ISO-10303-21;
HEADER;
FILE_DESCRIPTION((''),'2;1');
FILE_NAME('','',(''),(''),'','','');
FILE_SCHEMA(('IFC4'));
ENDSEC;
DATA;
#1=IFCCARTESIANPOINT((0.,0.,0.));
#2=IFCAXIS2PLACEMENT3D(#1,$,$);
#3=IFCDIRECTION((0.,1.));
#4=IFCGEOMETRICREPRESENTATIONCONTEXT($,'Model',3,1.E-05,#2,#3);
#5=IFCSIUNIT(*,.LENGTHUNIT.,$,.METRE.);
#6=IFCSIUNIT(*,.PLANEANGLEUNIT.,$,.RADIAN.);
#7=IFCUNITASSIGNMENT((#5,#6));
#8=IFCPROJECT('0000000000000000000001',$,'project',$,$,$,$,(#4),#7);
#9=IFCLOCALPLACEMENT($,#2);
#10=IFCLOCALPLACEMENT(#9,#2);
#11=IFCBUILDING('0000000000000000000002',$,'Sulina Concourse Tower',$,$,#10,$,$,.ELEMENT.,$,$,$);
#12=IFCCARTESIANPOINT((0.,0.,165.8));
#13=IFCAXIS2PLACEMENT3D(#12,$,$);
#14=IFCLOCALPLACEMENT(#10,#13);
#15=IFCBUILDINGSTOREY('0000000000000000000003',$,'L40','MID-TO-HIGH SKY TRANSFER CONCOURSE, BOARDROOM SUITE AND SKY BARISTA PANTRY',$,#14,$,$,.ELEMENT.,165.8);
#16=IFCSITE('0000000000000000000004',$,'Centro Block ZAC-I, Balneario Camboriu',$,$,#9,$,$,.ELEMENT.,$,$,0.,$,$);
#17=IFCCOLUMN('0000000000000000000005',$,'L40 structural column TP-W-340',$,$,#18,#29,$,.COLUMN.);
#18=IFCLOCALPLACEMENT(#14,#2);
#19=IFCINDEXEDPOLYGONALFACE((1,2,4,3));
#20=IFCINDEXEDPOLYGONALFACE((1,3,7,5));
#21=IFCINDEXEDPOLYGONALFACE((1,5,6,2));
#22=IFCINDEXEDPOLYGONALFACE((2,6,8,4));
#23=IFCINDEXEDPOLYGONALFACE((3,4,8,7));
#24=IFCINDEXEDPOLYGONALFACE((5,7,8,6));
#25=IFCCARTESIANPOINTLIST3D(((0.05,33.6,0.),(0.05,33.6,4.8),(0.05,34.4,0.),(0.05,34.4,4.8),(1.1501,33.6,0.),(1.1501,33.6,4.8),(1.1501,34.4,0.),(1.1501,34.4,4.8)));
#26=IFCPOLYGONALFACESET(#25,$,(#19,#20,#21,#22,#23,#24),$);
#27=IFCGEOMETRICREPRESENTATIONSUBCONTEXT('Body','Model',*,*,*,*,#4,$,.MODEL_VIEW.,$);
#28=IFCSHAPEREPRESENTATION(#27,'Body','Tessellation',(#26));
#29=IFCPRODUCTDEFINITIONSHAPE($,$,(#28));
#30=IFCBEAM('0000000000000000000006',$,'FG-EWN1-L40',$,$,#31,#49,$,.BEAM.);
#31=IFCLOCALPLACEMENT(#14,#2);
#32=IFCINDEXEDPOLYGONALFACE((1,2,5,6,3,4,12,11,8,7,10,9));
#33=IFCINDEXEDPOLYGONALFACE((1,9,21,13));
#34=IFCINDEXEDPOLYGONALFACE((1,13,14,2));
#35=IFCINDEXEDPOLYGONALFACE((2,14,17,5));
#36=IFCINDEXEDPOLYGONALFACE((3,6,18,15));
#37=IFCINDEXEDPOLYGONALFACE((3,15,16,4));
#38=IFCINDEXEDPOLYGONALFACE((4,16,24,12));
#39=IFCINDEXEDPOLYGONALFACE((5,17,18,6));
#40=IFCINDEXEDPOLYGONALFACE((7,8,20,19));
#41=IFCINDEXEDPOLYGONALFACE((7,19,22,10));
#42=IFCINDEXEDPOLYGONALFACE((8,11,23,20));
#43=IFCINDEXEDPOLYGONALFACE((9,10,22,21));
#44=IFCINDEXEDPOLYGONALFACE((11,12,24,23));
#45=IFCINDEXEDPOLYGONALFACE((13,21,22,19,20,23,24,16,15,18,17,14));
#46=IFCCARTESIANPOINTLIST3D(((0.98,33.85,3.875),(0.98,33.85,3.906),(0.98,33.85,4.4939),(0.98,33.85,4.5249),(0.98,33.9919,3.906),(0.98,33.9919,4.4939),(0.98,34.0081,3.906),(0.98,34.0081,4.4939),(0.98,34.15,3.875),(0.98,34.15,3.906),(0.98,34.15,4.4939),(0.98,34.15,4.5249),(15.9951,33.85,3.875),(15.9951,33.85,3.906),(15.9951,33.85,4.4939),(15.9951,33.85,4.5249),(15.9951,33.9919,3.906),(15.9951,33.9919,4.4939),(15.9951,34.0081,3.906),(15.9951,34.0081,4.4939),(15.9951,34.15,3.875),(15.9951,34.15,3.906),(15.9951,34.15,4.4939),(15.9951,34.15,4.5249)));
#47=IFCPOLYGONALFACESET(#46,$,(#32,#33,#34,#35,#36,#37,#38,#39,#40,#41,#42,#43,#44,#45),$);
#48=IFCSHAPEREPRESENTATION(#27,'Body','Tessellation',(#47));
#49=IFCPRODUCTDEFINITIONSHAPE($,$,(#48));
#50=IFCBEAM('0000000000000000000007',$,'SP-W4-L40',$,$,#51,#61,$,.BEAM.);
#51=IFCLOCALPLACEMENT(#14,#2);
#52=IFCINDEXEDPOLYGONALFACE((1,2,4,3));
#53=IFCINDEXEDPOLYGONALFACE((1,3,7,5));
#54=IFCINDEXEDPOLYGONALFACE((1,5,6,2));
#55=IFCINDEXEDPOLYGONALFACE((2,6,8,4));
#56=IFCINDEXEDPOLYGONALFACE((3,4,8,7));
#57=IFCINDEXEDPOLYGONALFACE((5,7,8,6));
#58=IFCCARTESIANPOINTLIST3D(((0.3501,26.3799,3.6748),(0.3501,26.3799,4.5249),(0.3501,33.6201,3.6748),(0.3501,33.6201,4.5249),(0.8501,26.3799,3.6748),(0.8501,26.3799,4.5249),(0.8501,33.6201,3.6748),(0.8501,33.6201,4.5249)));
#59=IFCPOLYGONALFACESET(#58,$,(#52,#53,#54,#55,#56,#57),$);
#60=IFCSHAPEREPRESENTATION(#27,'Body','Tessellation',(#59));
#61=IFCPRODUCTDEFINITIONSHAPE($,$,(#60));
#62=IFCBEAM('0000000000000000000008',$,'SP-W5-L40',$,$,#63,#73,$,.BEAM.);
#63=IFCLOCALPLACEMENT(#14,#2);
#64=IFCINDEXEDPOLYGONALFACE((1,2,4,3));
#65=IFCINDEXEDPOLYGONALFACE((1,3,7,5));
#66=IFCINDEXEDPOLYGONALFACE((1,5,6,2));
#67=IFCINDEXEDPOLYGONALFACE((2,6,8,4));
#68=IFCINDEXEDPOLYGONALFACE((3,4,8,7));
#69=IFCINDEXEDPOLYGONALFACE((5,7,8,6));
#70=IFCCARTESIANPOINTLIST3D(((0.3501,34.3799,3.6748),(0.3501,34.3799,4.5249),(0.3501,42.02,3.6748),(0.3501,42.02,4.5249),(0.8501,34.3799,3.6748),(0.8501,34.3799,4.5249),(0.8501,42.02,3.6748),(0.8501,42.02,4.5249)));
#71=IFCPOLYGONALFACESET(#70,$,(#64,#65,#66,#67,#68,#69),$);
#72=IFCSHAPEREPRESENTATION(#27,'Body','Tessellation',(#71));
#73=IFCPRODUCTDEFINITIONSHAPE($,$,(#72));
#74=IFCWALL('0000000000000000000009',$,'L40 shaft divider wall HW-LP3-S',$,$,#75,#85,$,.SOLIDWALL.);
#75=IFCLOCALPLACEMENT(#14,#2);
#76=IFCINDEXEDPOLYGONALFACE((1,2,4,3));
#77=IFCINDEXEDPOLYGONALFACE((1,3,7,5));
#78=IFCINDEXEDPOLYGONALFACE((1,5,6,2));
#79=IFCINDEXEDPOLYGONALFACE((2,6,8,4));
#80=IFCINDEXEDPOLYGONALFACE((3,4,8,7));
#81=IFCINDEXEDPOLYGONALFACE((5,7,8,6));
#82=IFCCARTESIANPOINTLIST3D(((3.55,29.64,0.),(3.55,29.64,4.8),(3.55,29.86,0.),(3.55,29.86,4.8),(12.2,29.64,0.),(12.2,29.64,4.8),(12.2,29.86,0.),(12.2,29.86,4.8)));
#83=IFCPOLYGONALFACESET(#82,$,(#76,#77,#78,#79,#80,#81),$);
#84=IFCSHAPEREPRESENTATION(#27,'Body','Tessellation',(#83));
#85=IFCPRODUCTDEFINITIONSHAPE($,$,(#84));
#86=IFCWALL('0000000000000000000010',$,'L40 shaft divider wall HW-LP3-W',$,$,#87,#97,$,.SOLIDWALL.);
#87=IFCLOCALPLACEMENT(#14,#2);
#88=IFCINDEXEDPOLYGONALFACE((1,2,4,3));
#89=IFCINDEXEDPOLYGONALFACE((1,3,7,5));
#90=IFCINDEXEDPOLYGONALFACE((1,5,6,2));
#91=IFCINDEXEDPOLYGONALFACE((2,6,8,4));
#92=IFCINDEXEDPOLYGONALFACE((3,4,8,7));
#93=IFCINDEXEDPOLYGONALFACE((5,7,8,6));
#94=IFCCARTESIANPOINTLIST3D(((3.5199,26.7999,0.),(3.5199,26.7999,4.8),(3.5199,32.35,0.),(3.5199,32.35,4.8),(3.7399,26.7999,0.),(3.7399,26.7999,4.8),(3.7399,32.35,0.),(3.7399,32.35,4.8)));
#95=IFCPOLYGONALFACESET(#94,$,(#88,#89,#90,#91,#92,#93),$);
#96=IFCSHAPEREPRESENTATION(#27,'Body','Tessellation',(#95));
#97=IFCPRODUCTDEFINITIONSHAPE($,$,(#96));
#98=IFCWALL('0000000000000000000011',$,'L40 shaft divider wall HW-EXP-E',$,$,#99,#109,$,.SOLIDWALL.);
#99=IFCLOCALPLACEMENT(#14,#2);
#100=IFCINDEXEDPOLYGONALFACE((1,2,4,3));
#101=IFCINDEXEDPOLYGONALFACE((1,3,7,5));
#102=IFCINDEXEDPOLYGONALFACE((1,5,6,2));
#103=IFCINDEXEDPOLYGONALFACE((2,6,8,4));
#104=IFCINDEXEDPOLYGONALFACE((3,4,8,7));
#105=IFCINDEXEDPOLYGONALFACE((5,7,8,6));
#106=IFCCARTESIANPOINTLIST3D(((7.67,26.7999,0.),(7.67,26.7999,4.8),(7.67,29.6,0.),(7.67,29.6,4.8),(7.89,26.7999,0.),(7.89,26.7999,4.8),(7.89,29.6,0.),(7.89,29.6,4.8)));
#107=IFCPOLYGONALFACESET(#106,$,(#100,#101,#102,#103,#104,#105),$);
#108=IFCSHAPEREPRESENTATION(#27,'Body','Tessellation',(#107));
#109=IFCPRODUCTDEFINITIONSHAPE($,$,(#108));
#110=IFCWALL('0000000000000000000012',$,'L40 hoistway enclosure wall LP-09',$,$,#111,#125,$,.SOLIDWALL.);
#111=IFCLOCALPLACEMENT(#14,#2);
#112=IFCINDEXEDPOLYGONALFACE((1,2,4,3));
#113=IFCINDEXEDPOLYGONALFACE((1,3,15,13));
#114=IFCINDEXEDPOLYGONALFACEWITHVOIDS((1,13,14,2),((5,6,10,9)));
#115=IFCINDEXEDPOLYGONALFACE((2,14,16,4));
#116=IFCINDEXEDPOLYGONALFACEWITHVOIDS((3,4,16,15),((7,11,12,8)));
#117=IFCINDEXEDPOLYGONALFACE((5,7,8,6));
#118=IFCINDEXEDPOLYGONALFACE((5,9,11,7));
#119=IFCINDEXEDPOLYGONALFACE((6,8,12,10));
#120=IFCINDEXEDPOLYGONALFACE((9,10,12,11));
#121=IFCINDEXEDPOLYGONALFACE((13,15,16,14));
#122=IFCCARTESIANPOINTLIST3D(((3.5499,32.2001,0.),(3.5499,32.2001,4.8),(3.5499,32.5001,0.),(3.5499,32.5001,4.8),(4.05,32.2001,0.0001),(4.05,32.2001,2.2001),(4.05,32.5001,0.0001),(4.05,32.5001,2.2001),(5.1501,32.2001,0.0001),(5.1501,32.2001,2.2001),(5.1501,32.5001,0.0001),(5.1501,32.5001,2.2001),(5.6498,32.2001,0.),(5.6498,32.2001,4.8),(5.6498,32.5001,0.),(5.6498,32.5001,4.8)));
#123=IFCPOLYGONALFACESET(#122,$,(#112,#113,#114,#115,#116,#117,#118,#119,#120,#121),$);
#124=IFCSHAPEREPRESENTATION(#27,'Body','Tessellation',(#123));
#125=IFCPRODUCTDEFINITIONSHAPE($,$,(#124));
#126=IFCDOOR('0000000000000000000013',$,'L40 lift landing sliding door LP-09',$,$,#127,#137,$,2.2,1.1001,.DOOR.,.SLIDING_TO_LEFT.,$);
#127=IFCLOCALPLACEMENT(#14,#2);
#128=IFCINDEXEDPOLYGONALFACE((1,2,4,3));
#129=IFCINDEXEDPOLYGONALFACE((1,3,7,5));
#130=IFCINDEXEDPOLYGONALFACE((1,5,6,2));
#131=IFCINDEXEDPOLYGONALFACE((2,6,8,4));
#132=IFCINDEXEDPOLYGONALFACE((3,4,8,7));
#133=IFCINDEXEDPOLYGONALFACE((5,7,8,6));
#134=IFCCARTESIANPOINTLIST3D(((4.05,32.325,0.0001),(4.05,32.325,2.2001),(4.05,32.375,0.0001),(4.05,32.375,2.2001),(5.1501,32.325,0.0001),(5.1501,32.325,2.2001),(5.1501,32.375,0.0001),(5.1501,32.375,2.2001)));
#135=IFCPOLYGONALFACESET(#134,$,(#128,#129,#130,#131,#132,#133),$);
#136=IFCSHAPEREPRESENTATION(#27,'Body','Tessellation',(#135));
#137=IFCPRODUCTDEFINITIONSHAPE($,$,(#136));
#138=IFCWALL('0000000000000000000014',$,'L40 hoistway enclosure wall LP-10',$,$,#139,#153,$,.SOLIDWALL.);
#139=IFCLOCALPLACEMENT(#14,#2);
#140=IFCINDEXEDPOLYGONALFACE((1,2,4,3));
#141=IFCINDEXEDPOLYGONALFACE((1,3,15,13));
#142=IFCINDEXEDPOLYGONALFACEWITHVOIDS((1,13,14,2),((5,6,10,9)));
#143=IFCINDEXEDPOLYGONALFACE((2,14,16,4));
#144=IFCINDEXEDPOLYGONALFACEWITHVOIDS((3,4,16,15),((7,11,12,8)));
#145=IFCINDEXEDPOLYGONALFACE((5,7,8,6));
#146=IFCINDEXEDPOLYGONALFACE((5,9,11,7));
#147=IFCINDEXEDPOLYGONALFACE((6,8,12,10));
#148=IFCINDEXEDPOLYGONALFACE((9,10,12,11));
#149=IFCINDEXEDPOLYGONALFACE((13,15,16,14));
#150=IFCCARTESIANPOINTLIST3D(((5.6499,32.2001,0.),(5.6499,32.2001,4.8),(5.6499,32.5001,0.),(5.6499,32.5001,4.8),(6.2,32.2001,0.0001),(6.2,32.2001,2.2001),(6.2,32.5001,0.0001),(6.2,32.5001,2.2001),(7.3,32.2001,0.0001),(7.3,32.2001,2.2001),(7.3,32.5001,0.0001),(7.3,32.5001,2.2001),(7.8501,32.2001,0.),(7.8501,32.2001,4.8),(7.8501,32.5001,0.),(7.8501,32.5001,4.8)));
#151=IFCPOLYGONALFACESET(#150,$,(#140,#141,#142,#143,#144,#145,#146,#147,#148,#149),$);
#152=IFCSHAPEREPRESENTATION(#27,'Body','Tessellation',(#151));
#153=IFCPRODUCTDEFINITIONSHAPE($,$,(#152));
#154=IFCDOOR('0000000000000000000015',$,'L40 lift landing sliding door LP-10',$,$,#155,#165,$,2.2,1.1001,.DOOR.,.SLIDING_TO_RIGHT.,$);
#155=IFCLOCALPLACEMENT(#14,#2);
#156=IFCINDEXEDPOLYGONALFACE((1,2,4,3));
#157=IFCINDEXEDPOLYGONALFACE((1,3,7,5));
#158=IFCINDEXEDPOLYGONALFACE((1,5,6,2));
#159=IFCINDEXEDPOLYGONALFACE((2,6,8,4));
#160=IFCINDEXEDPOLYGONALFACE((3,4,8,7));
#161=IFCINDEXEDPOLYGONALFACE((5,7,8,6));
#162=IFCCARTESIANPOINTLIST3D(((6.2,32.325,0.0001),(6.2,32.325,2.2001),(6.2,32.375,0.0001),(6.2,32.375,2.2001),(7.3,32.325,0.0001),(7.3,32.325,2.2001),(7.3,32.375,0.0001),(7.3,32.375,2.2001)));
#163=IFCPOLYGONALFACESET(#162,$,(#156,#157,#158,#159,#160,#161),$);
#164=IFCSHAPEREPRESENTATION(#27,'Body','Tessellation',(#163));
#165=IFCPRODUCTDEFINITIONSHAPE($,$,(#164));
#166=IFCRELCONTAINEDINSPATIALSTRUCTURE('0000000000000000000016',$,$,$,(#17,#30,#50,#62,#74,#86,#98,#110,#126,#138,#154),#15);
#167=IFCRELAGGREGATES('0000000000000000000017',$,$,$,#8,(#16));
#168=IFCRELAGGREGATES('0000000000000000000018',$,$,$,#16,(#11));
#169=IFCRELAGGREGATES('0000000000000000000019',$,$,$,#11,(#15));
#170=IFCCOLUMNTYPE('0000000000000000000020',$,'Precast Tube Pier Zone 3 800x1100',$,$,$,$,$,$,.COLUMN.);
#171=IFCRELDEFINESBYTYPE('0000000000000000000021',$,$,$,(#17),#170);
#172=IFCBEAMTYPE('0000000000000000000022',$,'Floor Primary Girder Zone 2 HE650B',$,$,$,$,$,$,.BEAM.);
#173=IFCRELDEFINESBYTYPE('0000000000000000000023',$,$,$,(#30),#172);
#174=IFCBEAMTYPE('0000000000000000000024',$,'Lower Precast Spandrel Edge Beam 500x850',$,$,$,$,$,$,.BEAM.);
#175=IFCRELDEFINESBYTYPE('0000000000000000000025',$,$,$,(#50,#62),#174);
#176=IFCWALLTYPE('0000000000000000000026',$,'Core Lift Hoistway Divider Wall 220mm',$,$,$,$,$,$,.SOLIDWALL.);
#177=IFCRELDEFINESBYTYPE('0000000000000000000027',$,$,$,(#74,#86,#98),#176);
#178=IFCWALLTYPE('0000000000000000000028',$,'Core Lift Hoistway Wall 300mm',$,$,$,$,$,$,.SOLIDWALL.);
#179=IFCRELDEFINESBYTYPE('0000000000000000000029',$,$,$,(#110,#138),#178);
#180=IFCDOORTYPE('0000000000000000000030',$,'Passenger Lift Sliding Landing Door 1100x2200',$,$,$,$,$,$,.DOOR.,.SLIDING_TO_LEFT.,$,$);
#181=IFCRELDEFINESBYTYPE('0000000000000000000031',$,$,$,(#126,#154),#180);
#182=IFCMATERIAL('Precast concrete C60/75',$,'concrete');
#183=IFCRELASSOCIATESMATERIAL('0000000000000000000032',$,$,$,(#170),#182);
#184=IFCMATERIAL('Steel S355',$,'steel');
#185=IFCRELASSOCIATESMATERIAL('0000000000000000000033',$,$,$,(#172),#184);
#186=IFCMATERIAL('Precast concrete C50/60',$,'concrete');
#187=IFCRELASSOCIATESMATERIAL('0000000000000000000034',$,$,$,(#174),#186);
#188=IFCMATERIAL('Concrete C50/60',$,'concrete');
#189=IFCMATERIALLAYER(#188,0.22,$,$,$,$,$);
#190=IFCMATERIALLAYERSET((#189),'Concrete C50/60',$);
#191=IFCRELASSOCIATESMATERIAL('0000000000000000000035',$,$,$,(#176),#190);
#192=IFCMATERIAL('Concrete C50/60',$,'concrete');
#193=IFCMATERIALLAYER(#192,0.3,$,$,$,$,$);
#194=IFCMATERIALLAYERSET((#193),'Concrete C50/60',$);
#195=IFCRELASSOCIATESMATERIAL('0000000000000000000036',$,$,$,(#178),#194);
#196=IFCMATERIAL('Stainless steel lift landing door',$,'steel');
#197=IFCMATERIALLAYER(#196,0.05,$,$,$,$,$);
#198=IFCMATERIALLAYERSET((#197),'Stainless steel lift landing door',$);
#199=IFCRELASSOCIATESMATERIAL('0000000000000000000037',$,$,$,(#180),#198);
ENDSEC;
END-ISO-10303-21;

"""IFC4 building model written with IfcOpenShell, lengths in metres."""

from ifc_helpers import new_model, si_unit, direction, frame, frame_2d, origin, origin_2d, place, context, subcontext, project, spatial, rectangle, i_section, extrude, material, layer, layer_set, material_profile, profile_set, type_object, element, fill, save


model = new_model("IFC4")

# Units and contexts
model_context = context("Model", 3, precision=1e-05, world=origin(), true_north=direction((0.0, 1.0)))
body_context = subcontext(model_context, "Body", "Model", "MODEL_VIEW")
ifc_project = project(units=[si_unit("LENGTHUNIT", "METRE"), si_unit("PLANEANGLEUNIT", "RADIAN")], contexts=[model_context])

# Site, building, storey
site_placement = place(None, origin())
site = spatial("IfcSite", under=ifc_project, at=site_placement, Name="Centro Block ZAC-I, Balneario Camboriu", CompositionType="ELEMENT", RefElevation=0.0)
building_placement = place(site_placement, origin())
building = spatial("IfcBuilding", under=site, at=building_placement, Name="Sulina Concourse Tower", CompositionType="ELEMENT")
storey_placement = place(building_placement, frame((0.0, 0.0, 165.8)))
storey = spatial("IfcBuildingStorey", under=building, at=storey_placement, Name="L40", Description="MID-TO-HIGH SKY TRANSFER CONCOURSE, BOARDROOM SUITE AND SKY BARISTA PANTRY", CompositionType="ELEMENT", Elevation=165.8)

# Column
ifc_material_1 = material(Name="Precast concrete C60/75", Category="concrete")
ifc_material_profile_1 = material_profile(ifc_material_1, rectangle(XDim=0.8, YDim=1.1001, at=origin_2d()), Name="PC 800x1100")
ifc_profile_set_1 = profile_set([ifc_material_profile_1], Name="Precast concrete C60/75")
column_type = type_object("IfcColumnType", Name="Precast Tube Pier Zone 3 800x1100", PredefinedType="COLUMN", material=ifc_profile_set_1)
column_placement = place(storey_placement, frame((0.6001, 34.0, 0.0), z_axis=(0.0, 0.0, 1.0), x_axis=(0.0, 1.0, 0.0)))
element("IfcColumn", 1, at=column_placement, inside=storey, type_object=column_type, Name="L40 structural column TP-W-340", PredefinedType="COLUMN", context=body_context, shape_type="SweptSolid", body=[
    extrude(rectangle(XDim=0.8, YDim=1.1001, at=origin_2d()), origin(), (0.0, 0.0, 1.0), 4.8),
])

# Beams
ifc_material_2 = material(Name="Steel S355", Category="steel")
ifc_material_profile_2 = material_profile(ifc_material_2, i_section(OverallWidth=0.3, OverallDepth=0.6499, WebThickness=0.0161, FlangeThickness=0.031, at=origin_2d()), Name="HE 650 B")
ifc_profile_set_2 = profile_set([ifc_material_profile_2], Name="Steel S355")
beam_type_1 = type_object("IfcBeamType", Name="Floor Primary Girder Zone 2 HE650B", PredefinedType="BEAM", material=ifc_profile_set_2)
beam_1_placement = place(storey_placement, frame((0.98, 34.0, 4.2), z_axis=(1.0, 0.0, 0.0), x_axis=(0.0, 1.0, 0.0)))
element("IfcBeam", 2, at=beam_1_placement, inside=storey, type_object=beam_type_1, Name="FG-EWN1-L40", PredefinedType="BEAM", context=body_context, shape_type="SweptSolid", body=[
    extrude(i_section(OverallWidth=0.3, OverallDepth=0.6499, WebThickness=0.0161, FlangeThickness=0.031, at=origin_2d()), origin(), (0.0, 0.0, 1.0), 15.0151),
])
ifc_material_3 = material(Name="Precast concrete C50/60", Category="concrete")
ifc_material_profile_3 = material_profile(ifc_material_3, rectangle(XDim=0.5, YDim=0.8501, at=origin_2d()), Name="RC 500x850")
ifc_profile_set_3 = profile_set([ifc_material_profile_3], Name="Precast concrete C50/60")
beam_type_2 = type_object("IfcBeamType", Name="Lower Precast Spandrel Edge Beam 500x850", PredefinedType="BEAM", material=ifc_profile_set_3)
beam_2_placement = place(storey_placement, frame((0.6001, 26.3799, 4.0999), z_axis=(0.0, 1.0, 0.0), x_axis=(-1.0, 0.0, 0.0)))
element("IfcBeam", 3, at=beam_2_placement, inside=storey, type_object=beam_type_2, Name="SP-W4-L40", PredefinedType="BEAM", context=body_context, shape_type="SweptSolid", body=[
    extrude(rectangle(XDim=0.5, YDim=0.8501, at=origin_2d()), origin(), (0.0, 0.0, 1.0), 7.2402),
])
beam_3_placement = place(storey_placement, frame((0.6001, 34.3799, 4.0999), z_axis=(0.0, 1.0, 0.0), x_axis=(-1.0, 0.0, 0.0)))
element("IfcBeam", 4, at=beam_3_placement, inside=storey, type_object=beam_type_2, Name="SP-W5-L40", PredefinedType="BEAM", context=body_context, shape_type="SweptSolid", body=[
    extrude(rectangle(XDim=0.5, YDim=0.8501, at=origin_2d()), origin(), (0.0, 0.0, 1.0), 7.6401),
])

# Walls
ifc_material_4 = material(Name="Concrete C50/60", Category="concrete")
ifc_layer_1 = layer(ifc_material_4, 0.22)
ifc_layer_set_1 = layer_set([ifc_layer_1], Name="Concrete C50/60")
wall_type_1 = type_object("IfcWallType", Name="Core Lift Hoistway Divider Wall 220mm", PredefinedType="SOLIDWALL", material=ifc_layer_set_1)
wall_1_placement = place(storey_placement, frame((3.55, 29.75, 0.0), z_axis=(0.0, 0.0, 1.0), x_axis=(1.0, 0.0, 0.0)))
element("IfcWall", 5, at=wall_1_placement, inside=storey, type_object=wall_type_1, Name="L40 shaft divider wall HW-LP3-S", PredefinedType="SOLIDWALL", context=body_context, shape_type="SweptSolid", body=[
    extrude(rectangle(XDim=8.6499, YDim=0.22, at=frame_2d((4.325, 0.0))), origin(), (0.0, 0.0, 1.0), 4.8),
])
wall_2_placement = place(storey_placement, frame((3.6299, 26.8, 0.0), z_axis=(0.0, 0.0, 1.0), x_axis=(0.0, 1.0, 0.0)))
element("IfcWall", 6, at=wall_2_placement, inside=storey, type_object=wall_type_1, Name="L40 shaft divider wall HW-LP3-W", PredefinedType="SOLIDWALL", context=body_context, shape_type="SweptSolid", body=[
    extrude(rectangle(XDim=5.55, YDim=0.22, at=frame_2d((2.7749, 0.0))), origin(), (0.0, 0.0, 1.0), 4.8),
])
wall_3_placement = place(storey_placement, frame((7.78, 26.8, 0.0), z_axis=(0.0, 0.0, 1.0), x_axis=(0.0, 1.0, 0.0)))
element("IfcWall", 7, at=wall_3_placement, inside=storey, type_object=wall_type_1, Name="L40 shaft divider wall HW-EXP-E", PredefinedType="SOLIDWALL", context=body_context, shape_type="SweptSolid", body=[
    extrude(rectangle(XDim=2.8, YDim=0.22, at=frame_2d((1.3999, 0.0))), origin(), (0.0, 0.0, 1.0), 4.8),
])

# Walls, openings, doors
ifc_material_5 = material(Name="Concrete C50/60", Category="concrete")
ifc_layer_2 = layer(ifc_material_5, 0.3)
ifc_layer_set_2 = layer_set([ifc_layer_2], Name="Concrete C50/60")
wall_type_2 = type_object("IfcWallType", Name="Core Lift Hoistway Wall 300mm", PredefinedType="SOLIDWALL", material=ifc_layer_set_2)
wall_4_placement = place(storey_placement, frame((3.55, 32.3501, 0.0), z_axis=(0.0, 0.0, 1.0), x_axis=(1.0, 0.0, 0.0)))
wall_4 = element("IfcWall", 8, at=wall_4_placement, inside=storey, type_object=wall_type_2, Name="L40 hoistway enclosure wall LP-09", PredefinedType="SOLIDWALL", context=body_context, shape_type="SweptSolid", body=[
    extrude(rectangle(XDim=2.0999, YDim=0.3, at=frame_2d((1.0498, 0.0))), origin(), (0.0, 0.0, 1.0), 4.8),
])
opening_1_placement = place(wall_4_placement, frame((0.5, 0.0, 0.0)))
opening_1 = element("IfcOpeningElement", 9, at=opening_1_placement, cuts=wall_4, PredefinedType="OPENING", context=body_context, shape_type="SweptSolid", body=[
    extrude(rectangle(XDim=1.1001, YDim=2.2, at=frame_2d((0.55, 1.1001))), frame((0.0, 0.1599, 0.0), z_axis=(0.0, -1.0, 0.0), x_axis=(1.0, 0.0, 0.0)), (0.0, 0.0, 1.0), 0.3201),
])
ifc_material_6 = material(Name="Stainless steel lift landing door", Category="steel")
ifc_layer_3 = layer(ifc_material_6, 0.05)
ifc_layer_set_3 = layer_set([ifc_layer_3], Name="Stainless steel lift landing door")
door_type_1 = type_object("IfcDoorType", Name="Passenger Lift Sliding Landing Door 1100x2200", OperationType="SLIDING_TO_LEFT", PredefinedType="DOOR", material=ifc_layer_set_3)
door_1_placement = place(opening_1_placement, origin())
door_1 = element("IfcDoor", 10, at=door_1_placement, inside=storey, type_object=door_type_1, Name="L40 lift landing sliding door LP-09", OperationType="SLIDING_TO_LEFT", OverallHeight=2.2, OverallWidth=1.1001, PredefinedType="DOOR", context=body_context, shape_type="SweptSolid", body=[
    extrude(rectangle(XDim=1.1001, YDim=2.2, at=frame_2d((0.55, 1.1001))), frame((0.0, 0.0249, 0.0), z_axis=(0.0, -1.0, 0.0), x_axis=(1.0, 0.0, 0.0)), (0.0, 0.0, 1.0), 0.05),
])
fill(opening_1, door_1)
wall_5_placement = place(storey_placement, frame((5.6499, 32.3501, 0.0), z_axis=(0.0, 0.0, 1.0), x_axis=(1.0, 0.0, 0.0)))
wall_5 = element("IfcWall", 11, at=wall_5_placement, inside=storey, type_object=wall_type_2, Name="L40 hoistway enclosure wall LP-10", PredefinedType="SOLIDWALL", context=body_context, shape_type="SweptSolid", body=[
    extrude(rectangle(XDim=2.2002, YDim=0.3, at=frame_2d((1.1001, 0.0))), origin(), (0.0, 0.0, 1.0), 4.8),
])
opening_2_placement = place(wall_5_placement, frame((0.55, 0.0, 0.0)))
opening_2 = element("IfcOpeningElement", 12, at=opening_2_placement, cuts=wall_5, PredefinedType="OPENING", context=body_context, shape_type="SweptSolid", body=[
    extrude(rectangle(XDim=1.1001, YDim=2.2, at=frame_2d((0.55, 1.1001))), frame((0.0, 0.1599, 0.0), z_axis=(0.0, -1.0, 0.0), x_axis=(1.0, 0.0, 0.0)), (0.0, 0.0, 1.0), 0.3201),
])
door_2_placement = place(opening_2_placement, origin())
door_2 = element("IfcDoor", 13, at=door_2_placement, inside=storey, type_object=door_type_1, Name="L40 lift landing sliding door LP-10", OperationType="SLIDING_TO_RIGHT", OverallHeight=2.2, OverallWidth=1.1001, PredefinedType="DOOR", context=body_context, shape_type="SweptSolid", body=[
    extrude(rectangle(XDim=1.1001, YDim=2.2, at=frame_2d((0.55, 1.1001))), frame((0.0, 0.0249, 0.0), z_axis=(0.0, -1.0, 0.0), x_axis=(1.0, 0.0, 0.0)), (0.0, 0.0, 1.0), 0.05),
])
fill(opening_2, door_2)

save(model, "model.ifc")
